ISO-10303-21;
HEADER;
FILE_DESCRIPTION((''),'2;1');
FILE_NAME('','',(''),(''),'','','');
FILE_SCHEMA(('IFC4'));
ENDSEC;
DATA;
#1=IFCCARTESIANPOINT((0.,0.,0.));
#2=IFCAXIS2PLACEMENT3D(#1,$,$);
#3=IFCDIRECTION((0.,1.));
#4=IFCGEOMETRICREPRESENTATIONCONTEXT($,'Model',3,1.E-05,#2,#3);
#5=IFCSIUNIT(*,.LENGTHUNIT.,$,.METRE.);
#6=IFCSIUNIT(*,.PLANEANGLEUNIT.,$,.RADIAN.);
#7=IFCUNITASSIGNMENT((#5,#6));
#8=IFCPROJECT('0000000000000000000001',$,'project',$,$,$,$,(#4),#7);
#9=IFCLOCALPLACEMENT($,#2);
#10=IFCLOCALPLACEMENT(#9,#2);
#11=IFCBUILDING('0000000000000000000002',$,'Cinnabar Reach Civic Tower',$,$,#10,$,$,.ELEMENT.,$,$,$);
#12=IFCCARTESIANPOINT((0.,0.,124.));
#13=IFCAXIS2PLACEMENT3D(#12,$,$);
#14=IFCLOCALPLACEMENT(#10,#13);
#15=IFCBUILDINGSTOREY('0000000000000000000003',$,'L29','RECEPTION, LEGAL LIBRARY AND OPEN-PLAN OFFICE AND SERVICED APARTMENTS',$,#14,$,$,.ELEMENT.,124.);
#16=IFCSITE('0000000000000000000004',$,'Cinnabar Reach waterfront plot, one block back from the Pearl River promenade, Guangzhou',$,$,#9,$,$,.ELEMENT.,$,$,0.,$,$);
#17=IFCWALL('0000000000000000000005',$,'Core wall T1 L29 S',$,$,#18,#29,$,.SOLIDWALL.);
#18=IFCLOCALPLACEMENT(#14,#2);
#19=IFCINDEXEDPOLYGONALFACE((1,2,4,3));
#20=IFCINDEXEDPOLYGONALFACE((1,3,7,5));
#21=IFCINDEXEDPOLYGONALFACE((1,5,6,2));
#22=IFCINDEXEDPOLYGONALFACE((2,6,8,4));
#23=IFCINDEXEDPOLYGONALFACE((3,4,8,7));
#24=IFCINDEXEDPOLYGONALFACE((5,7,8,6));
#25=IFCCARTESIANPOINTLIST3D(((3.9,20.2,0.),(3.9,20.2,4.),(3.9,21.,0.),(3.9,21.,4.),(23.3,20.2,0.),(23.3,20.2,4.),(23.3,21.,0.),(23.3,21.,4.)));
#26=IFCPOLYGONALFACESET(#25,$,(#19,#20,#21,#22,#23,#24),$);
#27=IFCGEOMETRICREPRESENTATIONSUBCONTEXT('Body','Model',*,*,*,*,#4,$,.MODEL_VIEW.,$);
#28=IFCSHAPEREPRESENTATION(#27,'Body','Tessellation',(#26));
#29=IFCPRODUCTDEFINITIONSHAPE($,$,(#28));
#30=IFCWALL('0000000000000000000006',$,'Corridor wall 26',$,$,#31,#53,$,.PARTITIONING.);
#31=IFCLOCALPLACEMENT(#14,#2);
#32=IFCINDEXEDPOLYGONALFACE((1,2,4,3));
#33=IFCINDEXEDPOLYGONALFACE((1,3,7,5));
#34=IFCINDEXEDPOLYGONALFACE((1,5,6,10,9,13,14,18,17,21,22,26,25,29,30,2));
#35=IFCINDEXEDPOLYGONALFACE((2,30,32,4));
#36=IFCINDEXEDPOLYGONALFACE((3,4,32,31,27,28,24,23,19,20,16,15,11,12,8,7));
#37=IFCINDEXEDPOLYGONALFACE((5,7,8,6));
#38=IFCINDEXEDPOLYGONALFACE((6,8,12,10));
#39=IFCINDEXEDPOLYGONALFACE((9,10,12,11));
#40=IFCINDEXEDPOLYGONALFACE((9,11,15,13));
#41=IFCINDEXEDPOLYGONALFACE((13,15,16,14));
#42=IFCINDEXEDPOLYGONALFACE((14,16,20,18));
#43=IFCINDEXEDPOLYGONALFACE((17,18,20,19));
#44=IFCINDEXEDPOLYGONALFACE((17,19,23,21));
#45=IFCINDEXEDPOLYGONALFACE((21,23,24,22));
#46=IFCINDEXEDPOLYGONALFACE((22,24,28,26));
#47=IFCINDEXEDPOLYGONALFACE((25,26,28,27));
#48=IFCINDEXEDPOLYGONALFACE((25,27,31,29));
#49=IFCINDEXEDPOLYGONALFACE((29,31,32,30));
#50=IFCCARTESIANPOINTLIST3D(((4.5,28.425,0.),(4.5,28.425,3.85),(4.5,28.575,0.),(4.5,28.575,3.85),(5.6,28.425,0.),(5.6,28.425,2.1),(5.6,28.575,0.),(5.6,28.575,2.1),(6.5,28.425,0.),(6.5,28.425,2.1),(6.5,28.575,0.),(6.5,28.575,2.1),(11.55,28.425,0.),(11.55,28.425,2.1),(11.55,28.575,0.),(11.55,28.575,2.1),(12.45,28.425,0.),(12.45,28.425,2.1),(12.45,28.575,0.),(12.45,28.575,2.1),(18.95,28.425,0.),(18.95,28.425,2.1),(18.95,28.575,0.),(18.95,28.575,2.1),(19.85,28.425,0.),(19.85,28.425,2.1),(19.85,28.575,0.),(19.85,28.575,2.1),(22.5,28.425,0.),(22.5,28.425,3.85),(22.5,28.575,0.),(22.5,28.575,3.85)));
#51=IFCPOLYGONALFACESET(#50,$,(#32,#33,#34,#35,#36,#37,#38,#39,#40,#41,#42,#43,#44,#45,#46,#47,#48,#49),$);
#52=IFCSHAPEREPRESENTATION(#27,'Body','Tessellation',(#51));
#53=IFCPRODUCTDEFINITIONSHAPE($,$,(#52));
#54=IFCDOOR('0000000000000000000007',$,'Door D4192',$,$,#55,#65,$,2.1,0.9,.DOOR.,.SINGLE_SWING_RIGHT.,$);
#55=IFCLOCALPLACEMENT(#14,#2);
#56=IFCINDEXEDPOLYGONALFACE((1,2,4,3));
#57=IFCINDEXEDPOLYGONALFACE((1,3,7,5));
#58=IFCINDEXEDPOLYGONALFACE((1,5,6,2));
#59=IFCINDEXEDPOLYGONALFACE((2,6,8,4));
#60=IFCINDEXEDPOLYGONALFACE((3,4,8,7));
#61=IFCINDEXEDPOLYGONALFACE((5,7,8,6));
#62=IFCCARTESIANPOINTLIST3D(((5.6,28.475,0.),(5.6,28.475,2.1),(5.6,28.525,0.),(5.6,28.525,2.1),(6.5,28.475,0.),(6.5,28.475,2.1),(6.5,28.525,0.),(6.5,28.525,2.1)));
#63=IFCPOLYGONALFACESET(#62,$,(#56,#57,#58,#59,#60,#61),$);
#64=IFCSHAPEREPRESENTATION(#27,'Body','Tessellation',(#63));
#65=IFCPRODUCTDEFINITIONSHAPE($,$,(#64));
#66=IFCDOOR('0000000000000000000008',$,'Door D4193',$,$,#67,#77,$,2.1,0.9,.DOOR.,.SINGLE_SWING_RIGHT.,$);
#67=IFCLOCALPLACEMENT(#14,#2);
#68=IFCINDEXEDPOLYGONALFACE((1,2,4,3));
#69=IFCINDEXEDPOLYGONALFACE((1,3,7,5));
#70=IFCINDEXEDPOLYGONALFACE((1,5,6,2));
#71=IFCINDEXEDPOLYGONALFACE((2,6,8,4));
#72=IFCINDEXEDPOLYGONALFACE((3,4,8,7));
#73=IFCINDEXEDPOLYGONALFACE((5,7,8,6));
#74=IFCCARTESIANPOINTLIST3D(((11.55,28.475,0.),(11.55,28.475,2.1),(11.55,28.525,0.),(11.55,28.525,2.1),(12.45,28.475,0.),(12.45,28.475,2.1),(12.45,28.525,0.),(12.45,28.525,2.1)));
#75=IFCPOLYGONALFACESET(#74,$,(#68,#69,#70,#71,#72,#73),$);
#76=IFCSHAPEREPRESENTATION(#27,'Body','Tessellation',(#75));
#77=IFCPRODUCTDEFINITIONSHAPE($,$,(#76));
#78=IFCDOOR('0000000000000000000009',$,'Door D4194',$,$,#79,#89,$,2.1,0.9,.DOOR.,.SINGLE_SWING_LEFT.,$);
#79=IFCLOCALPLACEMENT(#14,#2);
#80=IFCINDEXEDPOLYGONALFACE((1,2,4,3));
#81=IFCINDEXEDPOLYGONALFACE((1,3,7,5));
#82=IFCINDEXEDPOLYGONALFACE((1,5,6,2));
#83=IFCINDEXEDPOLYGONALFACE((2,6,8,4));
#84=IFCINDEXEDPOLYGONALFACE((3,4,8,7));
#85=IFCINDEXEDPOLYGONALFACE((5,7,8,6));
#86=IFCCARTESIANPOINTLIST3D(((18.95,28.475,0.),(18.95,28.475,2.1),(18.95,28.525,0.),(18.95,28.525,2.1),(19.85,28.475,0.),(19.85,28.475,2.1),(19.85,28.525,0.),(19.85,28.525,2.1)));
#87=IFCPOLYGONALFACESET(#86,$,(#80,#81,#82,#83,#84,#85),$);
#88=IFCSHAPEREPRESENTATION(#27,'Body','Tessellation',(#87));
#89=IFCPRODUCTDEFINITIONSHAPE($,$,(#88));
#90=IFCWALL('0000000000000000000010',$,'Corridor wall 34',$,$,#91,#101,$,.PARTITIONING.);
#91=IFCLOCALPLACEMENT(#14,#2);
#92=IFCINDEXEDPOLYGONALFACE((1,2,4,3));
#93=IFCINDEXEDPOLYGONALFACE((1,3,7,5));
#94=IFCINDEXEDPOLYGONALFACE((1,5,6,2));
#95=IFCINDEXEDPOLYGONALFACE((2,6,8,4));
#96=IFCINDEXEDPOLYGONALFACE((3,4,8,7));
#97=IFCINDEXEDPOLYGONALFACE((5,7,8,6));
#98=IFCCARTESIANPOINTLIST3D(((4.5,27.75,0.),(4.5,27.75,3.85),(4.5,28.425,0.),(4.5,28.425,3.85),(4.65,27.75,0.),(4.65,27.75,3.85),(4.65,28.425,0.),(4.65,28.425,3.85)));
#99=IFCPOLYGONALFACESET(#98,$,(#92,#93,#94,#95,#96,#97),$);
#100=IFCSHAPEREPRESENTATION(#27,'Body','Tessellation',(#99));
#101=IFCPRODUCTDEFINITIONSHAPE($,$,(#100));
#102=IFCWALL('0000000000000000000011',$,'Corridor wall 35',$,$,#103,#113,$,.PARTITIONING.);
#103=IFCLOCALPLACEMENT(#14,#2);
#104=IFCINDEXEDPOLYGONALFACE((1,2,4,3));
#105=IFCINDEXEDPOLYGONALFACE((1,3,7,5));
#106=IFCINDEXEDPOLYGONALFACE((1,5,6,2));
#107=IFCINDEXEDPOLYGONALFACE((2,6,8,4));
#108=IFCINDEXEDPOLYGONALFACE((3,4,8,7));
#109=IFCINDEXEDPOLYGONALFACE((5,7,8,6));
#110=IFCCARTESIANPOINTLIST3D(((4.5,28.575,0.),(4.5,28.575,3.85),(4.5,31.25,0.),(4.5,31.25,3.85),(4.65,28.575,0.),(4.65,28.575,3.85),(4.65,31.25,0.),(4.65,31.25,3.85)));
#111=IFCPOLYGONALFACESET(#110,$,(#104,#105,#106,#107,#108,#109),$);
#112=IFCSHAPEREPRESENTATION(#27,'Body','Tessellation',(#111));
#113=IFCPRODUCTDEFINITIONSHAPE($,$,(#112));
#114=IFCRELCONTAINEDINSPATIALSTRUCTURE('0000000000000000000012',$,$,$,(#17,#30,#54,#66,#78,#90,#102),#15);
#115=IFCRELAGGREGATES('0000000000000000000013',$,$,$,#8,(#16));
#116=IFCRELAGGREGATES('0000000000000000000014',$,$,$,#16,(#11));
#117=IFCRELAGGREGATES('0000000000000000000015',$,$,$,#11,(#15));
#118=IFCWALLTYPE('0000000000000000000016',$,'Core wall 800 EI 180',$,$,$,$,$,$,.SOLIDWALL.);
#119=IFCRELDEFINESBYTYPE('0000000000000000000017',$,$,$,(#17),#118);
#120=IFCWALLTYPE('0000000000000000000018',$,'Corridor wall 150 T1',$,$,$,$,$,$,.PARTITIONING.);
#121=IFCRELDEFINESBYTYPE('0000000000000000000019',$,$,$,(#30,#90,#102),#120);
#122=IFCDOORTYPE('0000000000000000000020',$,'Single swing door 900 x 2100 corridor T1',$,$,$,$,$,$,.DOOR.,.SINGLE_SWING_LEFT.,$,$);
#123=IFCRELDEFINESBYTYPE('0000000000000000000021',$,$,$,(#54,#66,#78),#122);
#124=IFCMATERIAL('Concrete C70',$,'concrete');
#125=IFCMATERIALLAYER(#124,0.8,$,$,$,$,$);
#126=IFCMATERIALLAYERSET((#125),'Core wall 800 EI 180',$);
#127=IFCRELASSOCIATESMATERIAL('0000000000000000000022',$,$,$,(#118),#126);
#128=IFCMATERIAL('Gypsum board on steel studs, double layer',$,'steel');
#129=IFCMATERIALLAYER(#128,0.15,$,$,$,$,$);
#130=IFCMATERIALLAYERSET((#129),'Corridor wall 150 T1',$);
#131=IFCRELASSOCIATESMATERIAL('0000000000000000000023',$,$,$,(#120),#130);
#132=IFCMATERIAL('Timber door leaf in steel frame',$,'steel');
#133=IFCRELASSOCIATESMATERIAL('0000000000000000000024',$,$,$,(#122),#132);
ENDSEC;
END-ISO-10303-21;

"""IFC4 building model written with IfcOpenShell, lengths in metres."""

from ifc_helpers import new_model, si_unit, direction, frame, frame_2d, origin, place, context, subcontext, project, spatial, rectangle, extrude, material, layer, layer_set, type_object, element, fill, save


model = new_model("IFC4")

# Units and contexts
model_context = context("Model", 3, precision=1e-05, world=origin(), true_north=direction((0.0, 1.0)))
body_context = subcontext(model_context, "Body", "Model", "MODEL_VIEW")
ifc_project = project(units=[si_unit("LENGTHUNIT", "METRE"), si_unit("PLANEANGLEUNIT", "RADIAN")], contexts=[model_context])

# Site, building, storey
site_placement = place(None, origin())
site = spatial("IfcSite", under=ifc_project, at=site_placement, Name="Cinnabar Reach waterfront plot, one block back from the Pearl River promenade, Guangzhou", CompositionType="ELEMENT", RefElevation=0.0)
building_placement = place(site_placement, origin())
building = spatial("IfcBuilding", under=site, at=building_placement, Name="Cinnabar Reach Civic Tower", CompositionType="ELEMENT")
storey_placement = place(building_placement, frame((0.0, 0.0, 124.0)))
storey = spatial("IfcBuildingStorey", under=building, at=storey_placement, Name="L29", Description="RECEPTION, LEGAL LIBRARY AND OPEN-PLAN OFFICE AND SERVICED APARTMENTS", CompositionType="ELEMENT", Elevation=124.0)

# Shared definitions
ifc_material_1 = material(Name="Concrete C70", Category="concrete")
ifc_material_2 = material(Name="Timber door leaf in steel frame", Category="steel")

# Wall
ifc_layer_1 = layer(ifc_material_1, 0.8)
ifc_layer_set_1 = layer_set([ifc_layer_1], Name="Core wall 800 EI 180")
wall_type_1 = type_object("IfcWallType", Name="Core wall 800 EI 180", PredefinedType="SOLIDWALL", material=ifc_layer_set_1)
wall_1_placement = place(storey_placement, frame((3.9, 20.6, 0.0), z_axis=(0.0, 0.0, 1.0), x_axis=(1.0, 0.0, 0.0)))
element("IfcWall", 1, at=wall_1_placement, inside=storey, type_object=wall_type_1, Name="Core wall T1 L29 S", PredefinedType="SOLIDWALL", context=body_context, shape_type="SweptSolid", body=[
    extrude(rectangle(XDim=19.4, YDim=0.8, at=frame_2d((9.7, 0.0))), origin(), (0.0, 0.0, 1.0), 4.0),
])

# Wall, openings, doors
ifc_material_3 = material(Name="Gypsum board on steel studs, double layer", Category="steel")
ifc_layer_2 = layer(ifc_material_3, 0.15)
ifc_layer_set_2 = layer_set([ifc_layer_2], Name="Corridor wall 150 T1")
wall_type_2 = type_object("IfcWallType", Name="Corridor wall 150 T1", PredefinedType="PARTITIONING", material=ifc_layer_set_2)
wall_2_placement = place(storey_placement, frame((4.5, 28.5, 0.0), z_axis=(0.0, 0.0, 1.0), x_axis=(1.0, 0.0, 0.0)))
wall_2 = element("IfcWall", 2, at=wall_2_placement, inside=storey, type_object=wall_type_2, Name="Corridor wall 26", PredefinedType="PARTITIONING", context=body_context, shape_type="SweptSolid", body=[
    extrude(rectangle(XDim=18.0, YDim=0.15, at=frame_2d((9.0, 0.0))), origin(), (0.0, 0.0, 1.0), 3.85),
])
opening_1_placement = place(wall_2_placement, frame((1.1, 0.0, 0.0)))
opening_1 = element("IfcOpeningElement", 3, at=opening_1_placement, cuts=wall_2, PredefinedType="OPENING", context=body_context, shape_type="SweptSolid", body=[
    extrude(rectangle(XDim=0.9, YDim=2.1, at=frame_2d((0.45, 1.05))), frame((0.0, 0.085, 0.0), z_axis=(0.0, -1.0, 0.0), x_axis=(1.0, 0.0, 0.0)), (0.0, 0.0, 1.0), 0.17),
])
opening_2_placement = place(wall_2_placement, frame((7.05, 0.0, 0.0)))
opening_2 = element("IfcOpeningElement", 4, at=opening_2_placement, cuts=wall_2, PredefinedType="OPENING", context=body_context, shape_type="SweptSolid", body=[
    extrude(rectangle(XDim=0.9, YDim=2.1, at=frame_2d((0.45, 1.05))), frame((0.0, 0.085, 0.0), z_axis=(0.0, -1.0, 0.0), x_axis=(1.0, 0.0, 0.0)), (0.0, 0.0, 1.0), 0.17),
])
opening_3_placement = place(wall_2_placement, frame((14.45, 0.0, 0.0)))
opening_3 = element("IfcOpeningElement", 5, at=opening_3_placement, cuts=wall_2, PredefinedType="OPENING", context=body_context, shape_type="SweptSolid", body=[
    extrude(rectangle(XDim=0.9, YDim=2.1, at=frame_2d((0.45, 1.05))), frame((0.0, 0.085, 0.0), z_axis=(0.0, -1.0, 0.0), x_axis=(1.0, 0.0, 0.0)), (0.0, 0.0, 1.0), 0.17),
])
door_type_1 = type_object("IfcDoorType", Name="Single swing door 900 x 2100 corridor T1", OperationType="SINGLE_SWING_LEFT", PredefinedType="DOOR", material=ifc_material_2)
door_1_placement = place(opening_1_placement, origin())
door_1 = element("IfcDoor", 6, at=door_1_placement, inside=storey, type_object=door_type_1, Name="Door D4192", OperationType="SINGLE_SWING_RIGHT", OverallHeight=2.1, OverallWidth=0.9, PredefinedType="DOOR", context=body_context, shape_type="SweptSolid", body=[
    extrude(rectangle(XDim=0.9, YDim=2.1, at=frame_2d((0.45, 1.05))), frame((0.0, 0.025, 0.0), z_axis=(0.0, -1.0, 0.0), x_axis=(1.0, 0.0, 0.0)), (0.0, 0.0, 1.0), 0.05),
])
fill(opening_1, door_1)
door_2_placement = place(opening_2_placement, origin())
door_2 = element("IfcDoor", 7, at=door_2_placement, inside=storey, type_object=door_type_1, Name="Door D4193", OperationType="SINGLE_SWING_RIGHT", OverallHeight=2.1, OverallWidth=0.9, PredefinedType="DOOR", context=body_context, shape_type="SweptSolid", body=[
    extrude(rectangle(XDim=0.9, YDim=2.1, at=frame_2d((0.45, 1.05))), frame((0.0, 0.025, 0.0), z_axis=(0.0, -1.0, 0.0), x_axis=(1.0, 0.0, 0.0)), (0.0, 0.0, 1.0), 0.05),
])
fill(opening_2, door_2)
door_3_placement = place(opening_3_placement, origin())
door_3 = element("IfcDoor", 8, at=door_3_placement, inside=storey, type_object=door_type_1, Name="Door D4194", OperationType="SINGLE_SWING_LEFT", OverallHeight=2.1, OverallWidth=0.9, PredefinedType="DOOR", context=body_context, shape_type="SweptSolid", body=[
    extrude(rectangle(XDim=0.9, YDim=2.1, at=frame_2d((0.45, 1.05))), frame((0.0, 0.025, 0.0), z_axis=(0.0, -1.0, 0.0), x_axis=(1.0, 0.0, 0.0)), (0.0, 0.0, 1.0), 0.05),
])
fill(opening_3, door_3)

# Walls
wall_3_placement = place(storey_placement, frame((4.575, 27.75, 0.0), z_axis=(0.0, 0.0, 1.0), x_axis=(0.0, 1.0, 0.0)))
element("IfcWall", 9, at=wall_3_placement, inside=storey, type_object=wall_type_2, Name="Corridor wall 34", PredefinedType="PARTITIONING", context=body_context, shape_type="SweptSolid", body=[
    extrude(rectangle(XDim=0.675, YDim=0.15, at=frame_2d((0.3375, 0.0))), origin(), (0.0, 0.0, 1.0), 3.85),
])
wall_4_placement = place(storey_placement, frame((4.575, 28.575, 0.0), z_axis=(0.0, 0.0, 1.0), x_axis=(0.0, 1.0, 0.0)))
element("IfcWall", 10, at=wall_4_placement, inside=storey, type_object=wall_type_2, Name="Corridor wall 35", PredefinedType="PARTITIONING", context=body_context, shape_type="SweptSolid", body=[
    extrude(rectangle(XDim=2.675, YDim=0.15, at=frame_2d((1.3375, 0.0))), origin(), (0.0, 0.0, 1.0), 3.85),
])

save(model, "model.ifc")
